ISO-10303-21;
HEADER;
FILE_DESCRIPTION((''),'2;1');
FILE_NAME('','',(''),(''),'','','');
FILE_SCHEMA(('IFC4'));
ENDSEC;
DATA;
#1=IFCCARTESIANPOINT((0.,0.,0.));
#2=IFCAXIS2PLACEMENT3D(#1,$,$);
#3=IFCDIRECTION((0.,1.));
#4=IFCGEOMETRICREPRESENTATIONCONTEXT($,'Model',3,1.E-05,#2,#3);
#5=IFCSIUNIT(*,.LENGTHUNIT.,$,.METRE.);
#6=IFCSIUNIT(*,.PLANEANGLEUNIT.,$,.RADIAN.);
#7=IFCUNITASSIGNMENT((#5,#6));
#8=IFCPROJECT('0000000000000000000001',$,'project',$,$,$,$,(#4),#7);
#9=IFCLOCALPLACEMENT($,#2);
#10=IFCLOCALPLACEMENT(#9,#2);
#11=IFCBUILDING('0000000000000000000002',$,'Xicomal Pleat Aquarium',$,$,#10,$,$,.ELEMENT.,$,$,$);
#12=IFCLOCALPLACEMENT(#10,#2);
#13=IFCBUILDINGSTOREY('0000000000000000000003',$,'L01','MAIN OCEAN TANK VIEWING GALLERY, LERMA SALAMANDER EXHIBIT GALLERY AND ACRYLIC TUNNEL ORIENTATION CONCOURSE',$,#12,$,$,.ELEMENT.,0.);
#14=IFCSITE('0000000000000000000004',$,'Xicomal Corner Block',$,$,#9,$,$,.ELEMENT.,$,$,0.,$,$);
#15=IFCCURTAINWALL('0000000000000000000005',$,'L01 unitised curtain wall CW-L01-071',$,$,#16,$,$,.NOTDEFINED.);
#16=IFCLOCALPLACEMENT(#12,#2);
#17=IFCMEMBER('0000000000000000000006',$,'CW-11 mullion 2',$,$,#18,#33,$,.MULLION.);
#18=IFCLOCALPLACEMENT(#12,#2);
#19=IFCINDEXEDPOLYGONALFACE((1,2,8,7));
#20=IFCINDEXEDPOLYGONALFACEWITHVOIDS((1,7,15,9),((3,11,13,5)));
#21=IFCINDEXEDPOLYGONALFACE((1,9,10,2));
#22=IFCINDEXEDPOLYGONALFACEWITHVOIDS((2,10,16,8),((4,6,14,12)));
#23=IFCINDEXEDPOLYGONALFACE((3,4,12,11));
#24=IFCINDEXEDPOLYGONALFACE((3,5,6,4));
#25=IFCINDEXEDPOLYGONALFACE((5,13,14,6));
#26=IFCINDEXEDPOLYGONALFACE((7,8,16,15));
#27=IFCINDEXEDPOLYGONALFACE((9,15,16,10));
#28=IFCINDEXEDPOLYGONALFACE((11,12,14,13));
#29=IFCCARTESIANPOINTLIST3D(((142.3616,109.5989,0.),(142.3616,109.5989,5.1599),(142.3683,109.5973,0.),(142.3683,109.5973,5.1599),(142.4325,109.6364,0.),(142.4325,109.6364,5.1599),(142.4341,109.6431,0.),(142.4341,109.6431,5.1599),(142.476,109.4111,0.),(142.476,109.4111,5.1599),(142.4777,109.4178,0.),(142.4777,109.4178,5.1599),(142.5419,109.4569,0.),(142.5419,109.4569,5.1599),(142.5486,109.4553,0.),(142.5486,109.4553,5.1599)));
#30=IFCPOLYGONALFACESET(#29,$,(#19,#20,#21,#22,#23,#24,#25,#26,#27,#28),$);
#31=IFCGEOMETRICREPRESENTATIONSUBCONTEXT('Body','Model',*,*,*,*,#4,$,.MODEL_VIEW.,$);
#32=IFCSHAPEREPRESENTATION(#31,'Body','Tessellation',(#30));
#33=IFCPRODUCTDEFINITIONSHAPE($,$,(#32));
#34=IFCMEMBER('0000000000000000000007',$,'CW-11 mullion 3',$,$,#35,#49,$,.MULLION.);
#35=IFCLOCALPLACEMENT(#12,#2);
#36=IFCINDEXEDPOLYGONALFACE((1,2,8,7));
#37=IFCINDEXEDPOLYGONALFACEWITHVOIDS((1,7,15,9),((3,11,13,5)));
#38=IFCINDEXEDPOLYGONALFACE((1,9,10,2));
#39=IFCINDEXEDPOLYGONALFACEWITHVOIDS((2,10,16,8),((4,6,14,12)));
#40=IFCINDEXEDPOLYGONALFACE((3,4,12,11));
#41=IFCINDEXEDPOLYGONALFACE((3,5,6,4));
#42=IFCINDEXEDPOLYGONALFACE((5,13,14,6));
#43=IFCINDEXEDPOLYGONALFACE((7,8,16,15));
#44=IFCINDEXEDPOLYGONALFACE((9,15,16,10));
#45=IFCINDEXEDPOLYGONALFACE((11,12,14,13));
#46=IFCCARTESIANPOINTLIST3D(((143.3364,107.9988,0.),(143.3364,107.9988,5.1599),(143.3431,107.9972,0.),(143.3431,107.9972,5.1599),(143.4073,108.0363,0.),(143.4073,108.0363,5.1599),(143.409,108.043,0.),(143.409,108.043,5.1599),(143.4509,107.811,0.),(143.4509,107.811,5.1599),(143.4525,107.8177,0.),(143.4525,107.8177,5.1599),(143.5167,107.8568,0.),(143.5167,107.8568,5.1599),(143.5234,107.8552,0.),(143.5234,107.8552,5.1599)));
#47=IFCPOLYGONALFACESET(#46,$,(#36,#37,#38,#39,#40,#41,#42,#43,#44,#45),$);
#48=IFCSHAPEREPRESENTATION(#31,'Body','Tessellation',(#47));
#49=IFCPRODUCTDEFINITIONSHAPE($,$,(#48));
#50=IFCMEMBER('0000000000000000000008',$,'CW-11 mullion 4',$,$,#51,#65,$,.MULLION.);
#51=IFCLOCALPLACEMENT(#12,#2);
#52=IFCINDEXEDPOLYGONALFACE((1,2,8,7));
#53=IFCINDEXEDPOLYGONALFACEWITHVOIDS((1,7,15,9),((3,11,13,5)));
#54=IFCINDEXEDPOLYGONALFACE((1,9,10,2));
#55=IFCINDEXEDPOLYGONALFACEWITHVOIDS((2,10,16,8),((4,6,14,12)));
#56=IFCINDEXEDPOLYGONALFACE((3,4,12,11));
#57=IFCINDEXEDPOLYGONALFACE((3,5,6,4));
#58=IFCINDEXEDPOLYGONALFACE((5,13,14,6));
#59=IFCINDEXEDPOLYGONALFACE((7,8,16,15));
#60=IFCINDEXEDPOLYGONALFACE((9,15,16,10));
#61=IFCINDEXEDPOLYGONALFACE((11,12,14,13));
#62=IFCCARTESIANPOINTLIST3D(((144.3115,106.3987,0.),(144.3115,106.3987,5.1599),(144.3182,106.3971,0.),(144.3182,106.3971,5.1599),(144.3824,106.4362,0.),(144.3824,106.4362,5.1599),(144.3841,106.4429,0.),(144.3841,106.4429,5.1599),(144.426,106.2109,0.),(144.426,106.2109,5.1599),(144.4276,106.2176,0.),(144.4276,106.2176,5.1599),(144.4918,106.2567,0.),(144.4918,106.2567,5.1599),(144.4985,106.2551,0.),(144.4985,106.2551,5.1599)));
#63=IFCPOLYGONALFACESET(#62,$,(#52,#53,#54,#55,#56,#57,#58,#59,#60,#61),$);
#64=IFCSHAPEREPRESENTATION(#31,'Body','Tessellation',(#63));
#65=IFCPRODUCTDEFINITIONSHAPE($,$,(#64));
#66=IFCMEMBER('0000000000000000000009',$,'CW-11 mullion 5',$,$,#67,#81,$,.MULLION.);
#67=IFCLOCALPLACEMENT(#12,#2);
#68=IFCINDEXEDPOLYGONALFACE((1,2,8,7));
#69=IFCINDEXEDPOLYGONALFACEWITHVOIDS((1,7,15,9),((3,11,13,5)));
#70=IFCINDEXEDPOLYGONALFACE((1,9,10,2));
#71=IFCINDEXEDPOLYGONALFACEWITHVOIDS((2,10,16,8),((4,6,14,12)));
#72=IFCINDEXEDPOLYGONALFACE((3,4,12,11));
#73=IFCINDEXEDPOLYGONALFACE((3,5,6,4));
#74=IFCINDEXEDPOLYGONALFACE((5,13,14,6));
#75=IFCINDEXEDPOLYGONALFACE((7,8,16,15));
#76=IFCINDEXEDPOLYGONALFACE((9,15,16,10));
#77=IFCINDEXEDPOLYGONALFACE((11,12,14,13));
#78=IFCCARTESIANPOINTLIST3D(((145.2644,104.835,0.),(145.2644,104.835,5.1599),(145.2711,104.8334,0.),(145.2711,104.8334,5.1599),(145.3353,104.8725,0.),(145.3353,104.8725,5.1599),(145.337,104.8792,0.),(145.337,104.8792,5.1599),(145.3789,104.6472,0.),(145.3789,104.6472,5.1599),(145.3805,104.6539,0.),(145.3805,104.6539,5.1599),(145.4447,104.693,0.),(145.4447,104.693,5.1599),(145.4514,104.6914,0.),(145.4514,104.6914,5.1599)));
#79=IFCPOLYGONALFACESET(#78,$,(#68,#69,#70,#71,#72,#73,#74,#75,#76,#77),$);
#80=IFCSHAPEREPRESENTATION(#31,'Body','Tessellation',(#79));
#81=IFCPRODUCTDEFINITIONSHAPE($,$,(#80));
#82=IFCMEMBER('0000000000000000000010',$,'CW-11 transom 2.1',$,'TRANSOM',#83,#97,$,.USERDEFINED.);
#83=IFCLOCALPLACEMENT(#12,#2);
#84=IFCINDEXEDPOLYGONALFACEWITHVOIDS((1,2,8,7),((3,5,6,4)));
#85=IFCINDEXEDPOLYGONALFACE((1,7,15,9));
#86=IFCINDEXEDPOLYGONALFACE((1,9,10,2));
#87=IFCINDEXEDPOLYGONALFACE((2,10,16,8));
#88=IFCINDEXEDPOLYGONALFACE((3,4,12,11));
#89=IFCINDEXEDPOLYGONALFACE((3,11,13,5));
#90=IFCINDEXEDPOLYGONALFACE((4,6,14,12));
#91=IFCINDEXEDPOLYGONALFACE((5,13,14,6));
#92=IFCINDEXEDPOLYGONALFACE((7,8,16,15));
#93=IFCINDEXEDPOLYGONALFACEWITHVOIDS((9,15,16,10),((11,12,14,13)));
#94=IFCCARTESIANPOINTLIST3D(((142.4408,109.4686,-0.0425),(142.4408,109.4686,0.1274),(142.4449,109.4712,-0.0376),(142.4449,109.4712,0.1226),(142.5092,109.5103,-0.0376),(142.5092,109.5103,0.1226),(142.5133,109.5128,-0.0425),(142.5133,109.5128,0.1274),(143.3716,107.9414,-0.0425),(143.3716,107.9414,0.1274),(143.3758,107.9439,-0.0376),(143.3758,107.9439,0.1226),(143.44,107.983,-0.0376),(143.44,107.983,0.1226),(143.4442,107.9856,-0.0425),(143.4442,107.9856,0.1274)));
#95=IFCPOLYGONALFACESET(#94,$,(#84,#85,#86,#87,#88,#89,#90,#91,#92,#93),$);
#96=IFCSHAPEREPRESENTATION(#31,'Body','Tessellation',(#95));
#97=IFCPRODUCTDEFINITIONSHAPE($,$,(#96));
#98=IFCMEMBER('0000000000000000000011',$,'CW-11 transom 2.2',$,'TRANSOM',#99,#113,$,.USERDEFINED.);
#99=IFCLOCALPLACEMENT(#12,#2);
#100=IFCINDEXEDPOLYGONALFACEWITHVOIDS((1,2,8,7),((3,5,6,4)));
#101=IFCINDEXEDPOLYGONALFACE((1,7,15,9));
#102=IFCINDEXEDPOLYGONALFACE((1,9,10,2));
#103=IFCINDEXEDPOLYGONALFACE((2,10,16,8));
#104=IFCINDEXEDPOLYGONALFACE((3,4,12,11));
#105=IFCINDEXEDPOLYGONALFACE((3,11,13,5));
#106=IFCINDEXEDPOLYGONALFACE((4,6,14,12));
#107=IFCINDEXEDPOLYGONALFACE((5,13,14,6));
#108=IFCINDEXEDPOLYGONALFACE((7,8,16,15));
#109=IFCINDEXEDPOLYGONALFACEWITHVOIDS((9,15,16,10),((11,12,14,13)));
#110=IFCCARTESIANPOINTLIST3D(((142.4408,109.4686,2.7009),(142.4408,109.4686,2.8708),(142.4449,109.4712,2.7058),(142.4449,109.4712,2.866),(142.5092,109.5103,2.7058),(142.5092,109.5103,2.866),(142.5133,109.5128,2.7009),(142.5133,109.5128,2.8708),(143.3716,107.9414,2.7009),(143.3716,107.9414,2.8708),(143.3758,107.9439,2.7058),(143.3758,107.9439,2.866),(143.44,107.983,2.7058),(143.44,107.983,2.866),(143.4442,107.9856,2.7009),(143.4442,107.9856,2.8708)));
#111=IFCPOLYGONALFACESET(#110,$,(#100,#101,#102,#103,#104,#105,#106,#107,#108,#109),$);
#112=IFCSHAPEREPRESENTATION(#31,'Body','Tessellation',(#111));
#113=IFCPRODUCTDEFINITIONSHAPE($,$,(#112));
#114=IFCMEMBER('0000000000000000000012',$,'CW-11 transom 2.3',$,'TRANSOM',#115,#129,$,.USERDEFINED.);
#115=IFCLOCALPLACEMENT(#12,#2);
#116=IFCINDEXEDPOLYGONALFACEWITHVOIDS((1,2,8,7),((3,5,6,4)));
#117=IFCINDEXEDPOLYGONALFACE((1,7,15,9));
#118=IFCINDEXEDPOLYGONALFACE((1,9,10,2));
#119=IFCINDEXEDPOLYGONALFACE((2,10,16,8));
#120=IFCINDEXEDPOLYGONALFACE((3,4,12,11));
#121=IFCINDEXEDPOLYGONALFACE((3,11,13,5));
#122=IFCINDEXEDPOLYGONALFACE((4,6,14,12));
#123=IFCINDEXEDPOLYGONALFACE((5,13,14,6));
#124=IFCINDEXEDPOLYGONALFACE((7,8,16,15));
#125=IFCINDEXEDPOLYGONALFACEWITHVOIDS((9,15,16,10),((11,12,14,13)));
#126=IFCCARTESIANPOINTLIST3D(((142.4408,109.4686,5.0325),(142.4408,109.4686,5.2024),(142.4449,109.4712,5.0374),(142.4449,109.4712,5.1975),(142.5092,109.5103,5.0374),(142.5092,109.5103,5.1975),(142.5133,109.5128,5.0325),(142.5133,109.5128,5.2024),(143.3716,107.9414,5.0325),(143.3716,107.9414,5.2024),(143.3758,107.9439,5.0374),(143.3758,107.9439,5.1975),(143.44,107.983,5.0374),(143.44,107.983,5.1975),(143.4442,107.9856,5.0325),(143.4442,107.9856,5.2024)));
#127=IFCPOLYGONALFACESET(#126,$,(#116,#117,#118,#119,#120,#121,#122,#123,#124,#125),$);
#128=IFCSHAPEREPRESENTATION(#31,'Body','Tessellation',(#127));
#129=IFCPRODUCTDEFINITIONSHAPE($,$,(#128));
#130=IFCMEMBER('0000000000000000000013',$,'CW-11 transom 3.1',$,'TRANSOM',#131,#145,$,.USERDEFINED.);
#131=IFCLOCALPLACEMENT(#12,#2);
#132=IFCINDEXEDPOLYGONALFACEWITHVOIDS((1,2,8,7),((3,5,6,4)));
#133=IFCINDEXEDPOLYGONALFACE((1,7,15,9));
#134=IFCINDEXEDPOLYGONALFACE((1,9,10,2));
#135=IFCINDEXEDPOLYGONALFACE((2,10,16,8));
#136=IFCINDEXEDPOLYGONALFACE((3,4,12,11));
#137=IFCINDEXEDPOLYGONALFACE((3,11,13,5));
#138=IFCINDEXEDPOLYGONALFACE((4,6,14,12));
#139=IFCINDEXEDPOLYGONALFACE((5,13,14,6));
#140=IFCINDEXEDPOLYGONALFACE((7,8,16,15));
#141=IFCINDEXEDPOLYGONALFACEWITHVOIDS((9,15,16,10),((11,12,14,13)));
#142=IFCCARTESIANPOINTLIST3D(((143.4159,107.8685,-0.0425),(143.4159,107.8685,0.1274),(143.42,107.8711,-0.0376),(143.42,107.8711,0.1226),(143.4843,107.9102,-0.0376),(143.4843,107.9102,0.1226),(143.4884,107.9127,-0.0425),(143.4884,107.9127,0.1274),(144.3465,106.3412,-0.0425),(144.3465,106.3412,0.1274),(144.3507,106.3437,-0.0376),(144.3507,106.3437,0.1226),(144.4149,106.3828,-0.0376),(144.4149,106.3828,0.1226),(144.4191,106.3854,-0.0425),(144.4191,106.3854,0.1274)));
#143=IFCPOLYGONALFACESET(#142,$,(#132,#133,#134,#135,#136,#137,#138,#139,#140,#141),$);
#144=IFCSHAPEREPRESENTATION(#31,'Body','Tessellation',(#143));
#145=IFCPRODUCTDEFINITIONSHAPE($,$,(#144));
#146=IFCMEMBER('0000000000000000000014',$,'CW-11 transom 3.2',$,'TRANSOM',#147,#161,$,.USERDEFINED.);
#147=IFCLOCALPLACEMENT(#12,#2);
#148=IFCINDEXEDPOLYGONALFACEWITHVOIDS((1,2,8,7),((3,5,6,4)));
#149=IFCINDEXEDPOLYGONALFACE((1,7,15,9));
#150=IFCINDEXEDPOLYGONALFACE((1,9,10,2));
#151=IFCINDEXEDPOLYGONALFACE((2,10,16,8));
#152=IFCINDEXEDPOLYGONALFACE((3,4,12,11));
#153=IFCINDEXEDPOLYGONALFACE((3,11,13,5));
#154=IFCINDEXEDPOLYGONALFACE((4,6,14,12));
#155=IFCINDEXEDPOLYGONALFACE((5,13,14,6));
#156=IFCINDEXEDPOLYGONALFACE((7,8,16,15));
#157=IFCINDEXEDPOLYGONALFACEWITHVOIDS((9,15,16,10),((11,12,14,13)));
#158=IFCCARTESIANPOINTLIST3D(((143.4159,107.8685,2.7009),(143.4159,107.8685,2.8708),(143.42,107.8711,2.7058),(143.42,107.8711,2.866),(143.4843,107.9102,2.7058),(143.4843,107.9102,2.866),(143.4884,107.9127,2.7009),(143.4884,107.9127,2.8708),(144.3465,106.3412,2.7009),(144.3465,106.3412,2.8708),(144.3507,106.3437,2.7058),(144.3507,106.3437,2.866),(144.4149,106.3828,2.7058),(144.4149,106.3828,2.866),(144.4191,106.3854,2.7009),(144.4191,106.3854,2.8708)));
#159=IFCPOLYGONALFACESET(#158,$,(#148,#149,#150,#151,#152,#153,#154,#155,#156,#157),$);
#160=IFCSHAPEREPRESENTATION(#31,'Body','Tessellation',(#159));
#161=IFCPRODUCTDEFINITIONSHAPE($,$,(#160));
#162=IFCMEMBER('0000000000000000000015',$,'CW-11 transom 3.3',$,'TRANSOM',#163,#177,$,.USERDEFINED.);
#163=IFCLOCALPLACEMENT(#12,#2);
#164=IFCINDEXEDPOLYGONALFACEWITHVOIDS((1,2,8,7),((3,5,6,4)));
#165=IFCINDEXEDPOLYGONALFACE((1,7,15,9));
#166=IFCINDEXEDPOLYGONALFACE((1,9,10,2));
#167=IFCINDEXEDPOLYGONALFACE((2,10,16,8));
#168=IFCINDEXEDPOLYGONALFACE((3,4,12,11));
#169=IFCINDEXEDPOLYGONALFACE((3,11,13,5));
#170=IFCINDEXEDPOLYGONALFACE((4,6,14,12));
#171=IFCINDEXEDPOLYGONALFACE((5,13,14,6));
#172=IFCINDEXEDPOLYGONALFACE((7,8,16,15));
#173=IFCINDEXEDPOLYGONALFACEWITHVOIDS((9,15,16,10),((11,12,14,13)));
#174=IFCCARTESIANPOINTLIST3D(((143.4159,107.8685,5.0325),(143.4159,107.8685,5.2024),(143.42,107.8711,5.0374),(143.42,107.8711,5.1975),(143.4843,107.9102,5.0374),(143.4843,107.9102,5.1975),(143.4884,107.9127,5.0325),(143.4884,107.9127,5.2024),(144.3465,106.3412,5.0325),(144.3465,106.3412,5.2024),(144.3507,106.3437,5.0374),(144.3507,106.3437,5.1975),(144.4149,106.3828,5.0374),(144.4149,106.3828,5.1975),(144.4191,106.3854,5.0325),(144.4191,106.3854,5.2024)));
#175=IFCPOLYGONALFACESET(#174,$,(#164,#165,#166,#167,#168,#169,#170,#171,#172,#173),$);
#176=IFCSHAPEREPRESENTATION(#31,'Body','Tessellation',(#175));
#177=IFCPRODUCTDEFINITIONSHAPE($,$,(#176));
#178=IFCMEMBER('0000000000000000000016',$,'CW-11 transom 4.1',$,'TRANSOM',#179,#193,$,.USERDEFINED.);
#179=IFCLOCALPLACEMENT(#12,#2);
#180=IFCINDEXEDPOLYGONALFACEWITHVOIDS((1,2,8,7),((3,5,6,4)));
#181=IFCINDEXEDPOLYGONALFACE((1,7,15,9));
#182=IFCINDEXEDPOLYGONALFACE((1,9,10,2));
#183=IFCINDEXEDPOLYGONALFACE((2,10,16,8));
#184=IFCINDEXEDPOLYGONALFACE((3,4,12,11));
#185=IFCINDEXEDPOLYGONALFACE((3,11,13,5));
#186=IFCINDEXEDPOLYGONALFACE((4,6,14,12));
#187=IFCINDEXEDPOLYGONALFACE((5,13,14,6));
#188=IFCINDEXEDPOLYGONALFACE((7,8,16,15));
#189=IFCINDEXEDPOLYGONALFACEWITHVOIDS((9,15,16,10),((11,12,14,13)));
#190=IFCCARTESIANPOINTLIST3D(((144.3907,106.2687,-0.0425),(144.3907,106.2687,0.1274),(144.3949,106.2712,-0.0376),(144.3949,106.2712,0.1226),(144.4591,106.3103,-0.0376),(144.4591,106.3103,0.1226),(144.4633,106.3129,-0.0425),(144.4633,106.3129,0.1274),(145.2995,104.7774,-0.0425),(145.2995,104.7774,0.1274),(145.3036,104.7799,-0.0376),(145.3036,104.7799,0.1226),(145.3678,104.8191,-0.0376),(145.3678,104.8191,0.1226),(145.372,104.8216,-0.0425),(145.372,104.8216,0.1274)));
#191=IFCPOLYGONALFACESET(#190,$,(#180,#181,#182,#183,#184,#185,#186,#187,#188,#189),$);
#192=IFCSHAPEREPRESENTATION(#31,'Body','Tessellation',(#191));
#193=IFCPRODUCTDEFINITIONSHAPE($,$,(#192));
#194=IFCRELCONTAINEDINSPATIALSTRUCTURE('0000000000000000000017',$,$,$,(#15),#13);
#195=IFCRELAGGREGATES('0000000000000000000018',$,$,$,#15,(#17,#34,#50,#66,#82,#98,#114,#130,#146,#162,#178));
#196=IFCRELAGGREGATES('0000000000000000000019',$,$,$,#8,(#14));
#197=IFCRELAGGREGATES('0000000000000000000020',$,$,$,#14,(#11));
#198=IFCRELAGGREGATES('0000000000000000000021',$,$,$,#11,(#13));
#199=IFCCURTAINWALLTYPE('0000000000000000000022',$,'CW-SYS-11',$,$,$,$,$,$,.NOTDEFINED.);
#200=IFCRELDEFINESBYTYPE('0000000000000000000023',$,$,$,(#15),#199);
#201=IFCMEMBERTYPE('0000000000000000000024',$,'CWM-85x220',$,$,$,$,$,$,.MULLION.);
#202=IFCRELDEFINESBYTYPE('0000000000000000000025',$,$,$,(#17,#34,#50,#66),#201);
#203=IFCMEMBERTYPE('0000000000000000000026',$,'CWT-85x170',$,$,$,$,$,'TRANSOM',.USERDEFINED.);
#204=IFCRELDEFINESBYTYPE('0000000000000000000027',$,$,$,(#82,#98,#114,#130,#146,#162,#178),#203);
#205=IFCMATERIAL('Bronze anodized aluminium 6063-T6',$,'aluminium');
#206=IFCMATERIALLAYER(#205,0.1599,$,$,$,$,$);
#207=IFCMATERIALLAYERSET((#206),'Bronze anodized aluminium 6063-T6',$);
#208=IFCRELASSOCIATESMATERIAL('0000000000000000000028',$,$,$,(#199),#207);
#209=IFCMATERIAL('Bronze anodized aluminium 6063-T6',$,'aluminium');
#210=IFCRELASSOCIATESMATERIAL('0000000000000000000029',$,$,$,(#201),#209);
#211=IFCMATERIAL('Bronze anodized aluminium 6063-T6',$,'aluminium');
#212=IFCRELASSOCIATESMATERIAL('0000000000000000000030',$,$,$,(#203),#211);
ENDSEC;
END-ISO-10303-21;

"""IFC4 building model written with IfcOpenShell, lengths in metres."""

from ifc_helpers import new_model, si_unit, direction, frame, origin, origin_2d, place, context, subcontext, project, spatial, hollow_rectangle, extrude, material, layer, layer_set, material_profile, profile_set, type_object, element, aggregate, save


model = new_model("IFC4")

# Units and contexts
model_context = context("Model", 3, precision=1e-05, world=origin(), true_north=direction((0.0, 1.0)))
body_context = subcontext(model_context, "Body", "Model", "MODEL_VIEW")
ifc_project = project(units=[si_unit("LENGTHUNIT", "METRE"), si_unit("PLANEANGLEUNIT", "RADIAN")], contexts=[model_context])

# Site, building, storey
site_placement = place(None, origin())
site = spatial("IfcSite", under=ifc_project, at=site_placement, Name="Xicomal Corner Block", CompositionType="ELEMENT", RefElevation=0.0)
building_placement = place(site_placement, origin())
building = spatial("IfcBuilding", under=site, at=building_placement, Name="Xicomal Pleat Aquarium", CompositionType="ELEMENT")
storey_placement = place(building_placement, origin())
storey = spatial("IfcBuildingStorey", under=building, at=storey_placement, Name="L01", Description="MAIN OCEAN TANK VIEWING GALLERY, LERMA SALAMANDER EXHIBIT GALLERY AND ACRYLIC TUNNEL ORIENTATION CONCOURSE", CompositionType="ELEMENT", Elevation=0.0)

# Curtain wall, members
ifc_material_1 = material(Name="Bronze anodized aluminium 6063-T6", Category="aluminium")
ifc_layer_1 = layer(ifc_material_1, 0.1599)
ifc_layer_set_1 = layer_set([ifc_layer_1], Name="Bronze anodized aluminium 6063-T6")
curtain_wall_type = type_object("IfcCurtainWallType", Name="CW-SYS-11", PredefinedType="NOTDEFINED", material=ifc_layer_set_1)
curtain_wall_placement = place(storey_placement, origin())
curtain_wall = element("IfcCurtainWall", 1, at=curtain_wall_placement, inside=storey, type_object=curtain_wall_type, Name="L01 unitised curtain wall CW-L01-071", PredefinedType="NOTDEFINED")
ifc_material_2 = material(Name="Bronze anodized aluminium 6063-T6", Category="aluminium")
ifc_material_profile_1 = material_profile(ifc_material_2, hollow_rectangle(XDim=0.085, YDim=0.22, WallThickness=0.0049, at=origin_2d()), Name="ALU MULL 85x220")
ifc_profile_set_1 = profile_set([ifc_material_profile_1], Name="Bronze anodized aluminium 6063-T6")
member_type_1 = type_object("IfcMemberType", Name="CWM-85x220", PredefinedType="MULLION", material=ifc_profile_set_1)
member_1_placement = place(storey_placement, frame((142.4551, 109.5271, 0.0), z_axis=(0.0, 0.0, 1.0), x_axis=(0.853941, 0.52037, 0.0)))
member_1 = element("IfcMember", 2, at=member_1_placement, type_object=member_type_1, Name="CW-11 mullion 2", PredefinedType="MULLION", context=body_context, shape_type="SweptSolid", body=[
    extrude(hollow_rectangle(XDim=0.085, YDim=0.22, WallThickness=0.0049, at=origin_2d()), origin(), (0.0, 0.0, 1.0), 5.1599),
])
member_2_placement = place(storey_placement, frame((143.4299, 107.927, 0.0), z_axis=(0.0, 0.0, 1.0), x_axis=(0.853941, 0.52037, 0.0)))
member_2 = element("IfcMember", 3, at=member_2_placement, type_object=member_type_1, Name="CW-11 mullion 3", PredefinedType="MULLION", context=body_context, shape_type="SweptSolid", body=[
    extrude(hollow_rectangle(XDim=0.085, YDim=0.22, WallThickness=0.0049, at=origin_2d()), origin(), (0.0, 0.0, 1.0), 5.1599),
])
member_3_placement = place(storey_placement, frame((144.405, 106.3269, 0.0), z_axis=(0.0, 0.0, 1.0), x_axis=(0.853941, 0.52037, 0.0)))
member_3 = element("IfcMember", 4, at=member_3_placement, type_object=member_type_1, Name="CW-11 mullion 4", PredefinedType="MULLION", context=body_context, shape_type="SweptSolid", body=[
    extrude(hollow_rectangle(XDim=0.085, YDim=0.22, WallThickness=0.0049, at=origin_2d()), origin(), (0.0, 0.0, 1.0), 5.1599),
])
member_4_placement = place(storey_placement, frame((145.3579, 104.7632, 0.0), z_axis=(0.0, 0.0, 1.0), x_axis=(0.853941, 0.52037, 0.0)))
member_4 = element("IfcMember", 5, at=member_4_placement, type_object=member_type_1, Name="CW-11 mullion 5", PredefinedType="MULLION", context=body_context, shape_type="SweptSolid", body=[
    extrude(hollow_rectangle(XDim=0.085, YDim=0.22, WallThickness=0.0049, at=origin_2d()), origin(), (0.0, 0.0, 1.0), 5.1599),
])
ifc_material_3 = material(Name="Bronze anodized aluminium 6063-T6", Category="aluminium")
ifc_material_profile_2 = material_profile(ifc_material_3, hollow_rectangle(XDim=0.085, YDim=0.1699, WallThickness=0.0049, at=origin_2d()), Name="ALU TRAN 85x170")
ifc_profile_set_2 = profile_set([ifc_material_profile_2], Name="Bronze anodized aluminium 6063-T6")
member_type_2 = type_object("IfcMemberType", Name="CWT-85x170", ElementType="TRANSOM", PredefinedType="USERDEFINED", material=ifc_profile_set_2)
member_5_placement = place(storey_placement, frame((142.4771, 109.4907, 0.0425), z_axis=(0.520445, -0.853895, 0.0), x_axis=(0.853895, 0.520445, 0.0)))
member_5 = element("IfcMember", 6, at=member_5_placement, type_object=member_type_2, Name="CW-11 transom 2.1", ObjectType="TRANSOM", PredefinedType="USERDEFINED", context=body_context, shape_type="SweptSolid", body=[
    extrude(hollow_rectangle(XDim=0.085, YDim=0.1699, WallThickness=0.0049, at=origin_2d()), origin(), (0.0, 0.0, 1.0), 1.7886),
])
member_6_placement = place(storey_placement, frame((142.4771, 109.4907, 2.7859), z_axis=(0.520445, -0.853895, 0.0), x_axis=(0.853895, 0.520445, 0.0)))
member_6 = element("IfcMember", 7, at=member_6_placement, type_object=member_type_2, Name="CW-11 transom 2.2", ObjectType="TRANSOM", PredefinedType="USERDEFINED", context=body_context, shape_type="SweptSolid", body=[
    extrude(hollow_rectangle(XDim=0.085, YDim=0.1699, WallThickness=0.0049, at=origin_2d()), origin(), (0.0, 0.0, 1.0), 1.7886),
])
member_7_placement = place(storey_placement, frame((142.4771, 109.4907, 5.1174), z_axis=(0.520445, -0.853895, 0.0), x_axis=(0.853895, 0.520445, 0.0)))
member_7 = element("IfcMember", 8, at=member_7_placement, type_object=member_type_2, Name="CW-11 transom 2.3", ObjectType="TRANSOM", PredefinedType="USERDEFINED", context=body_context, shape_type="SweptSolid", body=[
    extrude(hollow_rectangle(XDim=0.085, YDim=0.1699, WallThickness=0.0049, at=origin_2d()), origin(), (0.0, 0.0, 1.0), 1.7886),
])
member_8_placement = place(storey_placement, frame((143.4521, 107.8906, 0.0425), z_axis=(0.520345, -0.853956, 0.0), x_axis=(0.853956, 0.520345, 0.0)))
member_8 = element("IfcMember", 9, at=member_8_placement, type_object=member_type_2, Name="CW-11 transom 3.1", ObjectType="TRANSOM", PredefinedType="USERDEFINED", context=body_context, shape_type="SweptSolid", body=[
    extrude(hollow_rectangle(XDim=0.085, YDim=0.1699, WallThickness=0.0049, at=origin_2d()), origin(), (0.0, 0.0, 1.0), 1.7886),
])
member_9_placement = place(storey_placement, frame((143.4521, 107.8906, 2.7859), z_axis=(0.520345, -0.853956, 0.0), x_axis=(0.853956, 0.520345, 0.0)))
member_9 = element("IfcMember", 10, at=member_9_placement, type_object=member_type_2, Name="CW-11 transom 3.2", ObjectType="TRANSOM", PredefinedType="USERDEFINED", context=body_context, shape_type="SweptSolid", body=[
    extrude(hollow_rectangle(XDim=0.085, YDim=0.1699, WallThickness=0.0049, at=origin_2d()), origin(), (0.0, 0.0, 1.0), 1.7886),
])
member_10_placement = place(storey_placement, frame((143.4521, 107.8906, 5.1174), z_axis=(0.520345, -0.853956, 0.0), x_axis=(0.853956, 0.520345, 0.0)))
member_10 = element("IfcMember", 11, at=member_10_placement, type_object=member_type_2, Name="CW-11 transom 3.3", ObjectType="TRANSOM", PredefinedType="USERDEFINED", context=body_context, shape_type="SweptSolid", body=[
    extrude(hollow_rectangle(XDim=0.085, YDim=0.1699, WallThickness=0.0049, at=origin_2d()), origin(), (0.0, 0.0, 1.0), 1.7886),
])
member_11_placement = place(storey_placement, frame((144.427, 106.2908, 0.0425), z_axis=(0.520364, -0.853945, 0.0), x_axis=(0.853945, 0.520364, 0.0)))
member_11 = element("IfcMember", 12, at=member_11_placement, type_object=member_type_2, Name="CW-11 transom 4.1", ObjectType="TRANSOM", PredefinedType="USERDEFINED", context=body_context, shape_type="SweptSolid", body=[
    extrude(hollow_rectangle(XDim=0.085, YDim=0.1699, WallThickness=0.0049, at=origin_2d()), origin(), (0.0, 0.0, 1.0), 1.7463),
])
aggregate(curtain_wall, [member_1, member_2, member_3, member_4, member_5, member_6, member_7, member_8, member_9, member_10, member_11])

save(model, "model.ifc")
